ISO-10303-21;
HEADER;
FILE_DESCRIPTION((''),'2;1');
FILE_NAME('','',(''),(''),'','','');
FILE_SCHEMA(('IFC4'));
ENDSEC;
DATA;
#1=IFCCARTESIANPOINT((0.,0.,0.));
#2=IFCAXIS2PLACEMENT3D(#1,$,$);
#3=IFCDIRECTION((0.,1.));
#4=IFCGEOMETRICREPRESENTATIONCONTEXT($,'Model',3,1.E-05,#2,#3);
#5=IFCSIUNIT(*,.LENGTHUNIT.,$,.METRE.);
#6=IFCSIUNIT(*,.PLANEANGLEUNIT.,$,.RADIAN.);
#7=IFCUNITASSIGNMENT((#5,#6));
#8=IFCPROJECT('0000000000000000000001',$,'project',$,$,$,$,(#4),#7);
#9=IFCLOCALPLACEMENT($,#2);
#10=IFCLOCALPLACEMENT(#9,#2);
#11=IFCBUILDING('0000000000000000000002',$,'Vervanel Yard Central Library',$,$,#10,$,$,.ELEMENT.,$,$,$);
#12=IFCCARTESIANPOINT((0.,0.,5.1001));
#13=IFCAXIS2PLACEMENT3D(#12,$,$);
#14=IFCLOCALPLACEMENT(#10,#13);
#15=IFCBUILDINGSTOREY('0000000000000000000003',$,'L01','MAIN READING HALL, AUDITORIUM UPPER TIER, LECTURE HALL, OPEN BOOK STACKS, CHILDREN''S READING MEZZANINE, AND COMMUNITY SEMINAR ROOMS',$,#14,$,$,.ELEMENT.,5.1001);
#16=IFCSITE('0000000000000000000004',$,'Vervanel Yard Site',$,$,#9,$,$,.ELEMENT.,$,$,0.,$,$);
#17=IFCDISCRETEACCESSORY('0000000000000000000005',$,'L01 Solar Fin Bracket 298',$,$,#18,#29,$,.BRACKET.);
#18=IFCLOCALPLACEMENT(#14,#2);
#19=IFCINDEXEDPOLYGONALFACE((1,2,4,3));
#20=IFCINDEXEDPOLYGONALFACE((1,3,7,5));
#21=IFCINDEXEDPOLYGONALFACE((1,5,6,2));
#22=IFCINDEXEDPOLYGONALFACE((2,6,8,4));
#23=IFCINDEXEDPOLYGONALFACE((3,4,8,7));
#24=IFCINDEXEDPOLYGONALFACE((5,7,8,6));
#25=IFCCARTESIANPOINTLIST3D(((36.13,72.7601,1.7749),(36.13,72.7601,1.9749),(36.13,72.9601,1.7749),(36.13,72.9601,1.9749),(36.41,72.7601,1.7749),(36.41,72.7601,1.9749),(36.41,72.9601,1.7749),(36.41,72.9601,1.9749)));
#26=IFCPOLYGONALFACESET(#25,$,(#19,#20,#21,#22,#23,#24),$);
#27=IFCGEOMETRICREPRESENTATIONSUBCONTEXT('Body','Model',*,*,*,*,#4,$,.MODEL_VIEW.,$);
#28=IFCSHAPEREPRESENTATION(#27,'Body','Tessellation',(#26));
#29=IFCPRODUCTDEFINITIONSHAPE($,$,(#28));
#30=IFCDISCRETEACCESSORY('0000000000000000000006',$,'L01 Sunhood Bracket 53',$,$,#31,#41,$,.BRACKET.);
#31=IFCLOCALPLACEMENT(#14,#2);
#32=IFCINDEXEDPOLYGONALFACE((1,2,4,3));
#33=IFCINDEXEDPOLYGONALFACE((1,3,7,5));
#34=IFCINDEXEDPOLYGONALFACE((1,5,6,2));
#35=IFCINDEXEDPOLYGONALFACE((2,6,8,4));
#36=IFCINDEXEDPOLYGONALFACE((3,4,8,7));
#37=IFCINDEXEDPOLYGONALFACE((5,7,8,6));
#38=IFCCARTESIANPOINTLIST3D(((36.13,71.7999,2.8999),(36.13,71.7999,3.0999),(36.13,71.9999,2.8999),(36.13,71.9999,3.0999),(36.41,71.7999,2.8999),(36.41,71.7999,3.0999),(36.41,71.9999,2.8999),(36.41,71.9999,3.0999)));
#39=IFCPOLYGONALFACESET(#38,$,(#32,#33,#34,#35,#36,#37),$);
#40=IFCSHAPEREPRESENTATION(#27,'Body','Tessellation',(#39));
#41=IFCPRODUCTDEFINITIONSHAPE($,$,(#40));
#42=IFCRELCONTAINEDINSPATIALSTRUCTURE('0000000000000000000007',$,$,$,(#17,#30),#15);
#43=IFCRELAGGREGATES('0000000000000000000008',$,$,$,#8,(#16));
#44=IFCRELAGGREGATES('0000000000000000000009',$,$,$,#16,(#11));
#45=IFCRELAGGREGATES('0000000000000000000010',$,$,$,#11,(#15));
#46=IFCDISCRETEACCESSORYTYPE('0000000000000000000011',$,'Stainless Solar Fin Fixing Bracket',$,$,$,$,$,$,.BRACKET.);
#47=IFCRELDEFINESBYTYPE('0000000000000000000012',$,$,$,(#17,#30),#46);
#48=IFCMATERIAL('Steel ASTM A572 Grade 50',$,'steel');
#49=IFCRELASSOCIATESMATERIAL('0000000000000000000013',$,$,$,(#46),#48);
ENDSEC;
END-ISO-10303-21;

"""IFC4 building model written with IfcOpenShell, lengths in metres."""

from ifc_helpers import new_model, si_unit, direction, frame, origin, origin_2d, place, context, subcontext, project, spatial, rectangle, extrude, material, type_object, element, save


model = new_model("IFC4")

# Units and contexts
model_context = context("Model", 3, precision=1e-05, world=origin(), true_north=direction((0.0, 1.0)))
body_context = subcontext(model_context, "Body", "Model", "MODEL_VIEW")
ifc_project = project(units=[si_unit("LENGTHUNIT", "METRE"), si_unit("PLANEANGLEUNIT", "RADIAN")], contexts=[model_context])

# Site, building, storey
site_placement = place(None, origin())
site = spatial("IfcSite", under=ifc_project, at=site_placement, Name="Vervanel Yard Site", CompositionType="ELEMENT", RefElevation=0.0)
building_placement = place(site_placement, origin())
building = spatial("IfcBuilding", under=site, at=building_placement, Name="Vervanel Yard Central Library", CompositionType="ELEMENT")
storey_placement = place(building_placement, frame((0.0, 0.0, 5.1001)))
storey = spatial("IfcBuildingStorey", under=building, at=storey_placement, Name="L01", Description="MAIN READING HALL, AUDITORIUM UPPER TIER, LECTURE HALL, OPEN BOOK STACKS, CHILDREN'S READING MEZZANINE, AND COMMUNITY SEMINAR ROOMS", CompositionType="ELEMENT", Elevation=5.1001)

# Discrete accessories
ifc_material_1 = material(Name="Steel ASTM A572 Grade 50", Category="steel")
discrete_accessory_type = type_object("IfcDiscreteAccessoryType", Name="Stainless Solar Fin Fixing Bracket", PredefinedType="BRACKET", material=ifc_material_1)
for number, where, z_axis, x_axis, name in (
    (1, (36.27, 72.8601, 1.7749), (0.0, 0.0, 1.0), (0.0, 1.0, 0.0), "L01 Solar Fin Bracket 298"),
    (2, (36.27, 71.8999, 2.8999), (0.0, 0.0, 1.0), (0.0, 1.0, 0.0), "L01 Sunhood Bracket 53"),
):
    element("IfcDiscreteAccessory", number, at=place(storey_placement, frame(where, z_axis=z_axis, x_axis=x_axis)), inside=storey, type_object=discrete_accessory_type, Name=name, PredefinedType="BRACKET", context=body_context, shape_type="SweptSolid", body=[
        extrude(rectangle(XDim=0.2, YDim=0.28, at=origin_2d()), origin(), (0.0, 0.0, 1.0), 0.2),
    ])

save(model, "model.ifc")
